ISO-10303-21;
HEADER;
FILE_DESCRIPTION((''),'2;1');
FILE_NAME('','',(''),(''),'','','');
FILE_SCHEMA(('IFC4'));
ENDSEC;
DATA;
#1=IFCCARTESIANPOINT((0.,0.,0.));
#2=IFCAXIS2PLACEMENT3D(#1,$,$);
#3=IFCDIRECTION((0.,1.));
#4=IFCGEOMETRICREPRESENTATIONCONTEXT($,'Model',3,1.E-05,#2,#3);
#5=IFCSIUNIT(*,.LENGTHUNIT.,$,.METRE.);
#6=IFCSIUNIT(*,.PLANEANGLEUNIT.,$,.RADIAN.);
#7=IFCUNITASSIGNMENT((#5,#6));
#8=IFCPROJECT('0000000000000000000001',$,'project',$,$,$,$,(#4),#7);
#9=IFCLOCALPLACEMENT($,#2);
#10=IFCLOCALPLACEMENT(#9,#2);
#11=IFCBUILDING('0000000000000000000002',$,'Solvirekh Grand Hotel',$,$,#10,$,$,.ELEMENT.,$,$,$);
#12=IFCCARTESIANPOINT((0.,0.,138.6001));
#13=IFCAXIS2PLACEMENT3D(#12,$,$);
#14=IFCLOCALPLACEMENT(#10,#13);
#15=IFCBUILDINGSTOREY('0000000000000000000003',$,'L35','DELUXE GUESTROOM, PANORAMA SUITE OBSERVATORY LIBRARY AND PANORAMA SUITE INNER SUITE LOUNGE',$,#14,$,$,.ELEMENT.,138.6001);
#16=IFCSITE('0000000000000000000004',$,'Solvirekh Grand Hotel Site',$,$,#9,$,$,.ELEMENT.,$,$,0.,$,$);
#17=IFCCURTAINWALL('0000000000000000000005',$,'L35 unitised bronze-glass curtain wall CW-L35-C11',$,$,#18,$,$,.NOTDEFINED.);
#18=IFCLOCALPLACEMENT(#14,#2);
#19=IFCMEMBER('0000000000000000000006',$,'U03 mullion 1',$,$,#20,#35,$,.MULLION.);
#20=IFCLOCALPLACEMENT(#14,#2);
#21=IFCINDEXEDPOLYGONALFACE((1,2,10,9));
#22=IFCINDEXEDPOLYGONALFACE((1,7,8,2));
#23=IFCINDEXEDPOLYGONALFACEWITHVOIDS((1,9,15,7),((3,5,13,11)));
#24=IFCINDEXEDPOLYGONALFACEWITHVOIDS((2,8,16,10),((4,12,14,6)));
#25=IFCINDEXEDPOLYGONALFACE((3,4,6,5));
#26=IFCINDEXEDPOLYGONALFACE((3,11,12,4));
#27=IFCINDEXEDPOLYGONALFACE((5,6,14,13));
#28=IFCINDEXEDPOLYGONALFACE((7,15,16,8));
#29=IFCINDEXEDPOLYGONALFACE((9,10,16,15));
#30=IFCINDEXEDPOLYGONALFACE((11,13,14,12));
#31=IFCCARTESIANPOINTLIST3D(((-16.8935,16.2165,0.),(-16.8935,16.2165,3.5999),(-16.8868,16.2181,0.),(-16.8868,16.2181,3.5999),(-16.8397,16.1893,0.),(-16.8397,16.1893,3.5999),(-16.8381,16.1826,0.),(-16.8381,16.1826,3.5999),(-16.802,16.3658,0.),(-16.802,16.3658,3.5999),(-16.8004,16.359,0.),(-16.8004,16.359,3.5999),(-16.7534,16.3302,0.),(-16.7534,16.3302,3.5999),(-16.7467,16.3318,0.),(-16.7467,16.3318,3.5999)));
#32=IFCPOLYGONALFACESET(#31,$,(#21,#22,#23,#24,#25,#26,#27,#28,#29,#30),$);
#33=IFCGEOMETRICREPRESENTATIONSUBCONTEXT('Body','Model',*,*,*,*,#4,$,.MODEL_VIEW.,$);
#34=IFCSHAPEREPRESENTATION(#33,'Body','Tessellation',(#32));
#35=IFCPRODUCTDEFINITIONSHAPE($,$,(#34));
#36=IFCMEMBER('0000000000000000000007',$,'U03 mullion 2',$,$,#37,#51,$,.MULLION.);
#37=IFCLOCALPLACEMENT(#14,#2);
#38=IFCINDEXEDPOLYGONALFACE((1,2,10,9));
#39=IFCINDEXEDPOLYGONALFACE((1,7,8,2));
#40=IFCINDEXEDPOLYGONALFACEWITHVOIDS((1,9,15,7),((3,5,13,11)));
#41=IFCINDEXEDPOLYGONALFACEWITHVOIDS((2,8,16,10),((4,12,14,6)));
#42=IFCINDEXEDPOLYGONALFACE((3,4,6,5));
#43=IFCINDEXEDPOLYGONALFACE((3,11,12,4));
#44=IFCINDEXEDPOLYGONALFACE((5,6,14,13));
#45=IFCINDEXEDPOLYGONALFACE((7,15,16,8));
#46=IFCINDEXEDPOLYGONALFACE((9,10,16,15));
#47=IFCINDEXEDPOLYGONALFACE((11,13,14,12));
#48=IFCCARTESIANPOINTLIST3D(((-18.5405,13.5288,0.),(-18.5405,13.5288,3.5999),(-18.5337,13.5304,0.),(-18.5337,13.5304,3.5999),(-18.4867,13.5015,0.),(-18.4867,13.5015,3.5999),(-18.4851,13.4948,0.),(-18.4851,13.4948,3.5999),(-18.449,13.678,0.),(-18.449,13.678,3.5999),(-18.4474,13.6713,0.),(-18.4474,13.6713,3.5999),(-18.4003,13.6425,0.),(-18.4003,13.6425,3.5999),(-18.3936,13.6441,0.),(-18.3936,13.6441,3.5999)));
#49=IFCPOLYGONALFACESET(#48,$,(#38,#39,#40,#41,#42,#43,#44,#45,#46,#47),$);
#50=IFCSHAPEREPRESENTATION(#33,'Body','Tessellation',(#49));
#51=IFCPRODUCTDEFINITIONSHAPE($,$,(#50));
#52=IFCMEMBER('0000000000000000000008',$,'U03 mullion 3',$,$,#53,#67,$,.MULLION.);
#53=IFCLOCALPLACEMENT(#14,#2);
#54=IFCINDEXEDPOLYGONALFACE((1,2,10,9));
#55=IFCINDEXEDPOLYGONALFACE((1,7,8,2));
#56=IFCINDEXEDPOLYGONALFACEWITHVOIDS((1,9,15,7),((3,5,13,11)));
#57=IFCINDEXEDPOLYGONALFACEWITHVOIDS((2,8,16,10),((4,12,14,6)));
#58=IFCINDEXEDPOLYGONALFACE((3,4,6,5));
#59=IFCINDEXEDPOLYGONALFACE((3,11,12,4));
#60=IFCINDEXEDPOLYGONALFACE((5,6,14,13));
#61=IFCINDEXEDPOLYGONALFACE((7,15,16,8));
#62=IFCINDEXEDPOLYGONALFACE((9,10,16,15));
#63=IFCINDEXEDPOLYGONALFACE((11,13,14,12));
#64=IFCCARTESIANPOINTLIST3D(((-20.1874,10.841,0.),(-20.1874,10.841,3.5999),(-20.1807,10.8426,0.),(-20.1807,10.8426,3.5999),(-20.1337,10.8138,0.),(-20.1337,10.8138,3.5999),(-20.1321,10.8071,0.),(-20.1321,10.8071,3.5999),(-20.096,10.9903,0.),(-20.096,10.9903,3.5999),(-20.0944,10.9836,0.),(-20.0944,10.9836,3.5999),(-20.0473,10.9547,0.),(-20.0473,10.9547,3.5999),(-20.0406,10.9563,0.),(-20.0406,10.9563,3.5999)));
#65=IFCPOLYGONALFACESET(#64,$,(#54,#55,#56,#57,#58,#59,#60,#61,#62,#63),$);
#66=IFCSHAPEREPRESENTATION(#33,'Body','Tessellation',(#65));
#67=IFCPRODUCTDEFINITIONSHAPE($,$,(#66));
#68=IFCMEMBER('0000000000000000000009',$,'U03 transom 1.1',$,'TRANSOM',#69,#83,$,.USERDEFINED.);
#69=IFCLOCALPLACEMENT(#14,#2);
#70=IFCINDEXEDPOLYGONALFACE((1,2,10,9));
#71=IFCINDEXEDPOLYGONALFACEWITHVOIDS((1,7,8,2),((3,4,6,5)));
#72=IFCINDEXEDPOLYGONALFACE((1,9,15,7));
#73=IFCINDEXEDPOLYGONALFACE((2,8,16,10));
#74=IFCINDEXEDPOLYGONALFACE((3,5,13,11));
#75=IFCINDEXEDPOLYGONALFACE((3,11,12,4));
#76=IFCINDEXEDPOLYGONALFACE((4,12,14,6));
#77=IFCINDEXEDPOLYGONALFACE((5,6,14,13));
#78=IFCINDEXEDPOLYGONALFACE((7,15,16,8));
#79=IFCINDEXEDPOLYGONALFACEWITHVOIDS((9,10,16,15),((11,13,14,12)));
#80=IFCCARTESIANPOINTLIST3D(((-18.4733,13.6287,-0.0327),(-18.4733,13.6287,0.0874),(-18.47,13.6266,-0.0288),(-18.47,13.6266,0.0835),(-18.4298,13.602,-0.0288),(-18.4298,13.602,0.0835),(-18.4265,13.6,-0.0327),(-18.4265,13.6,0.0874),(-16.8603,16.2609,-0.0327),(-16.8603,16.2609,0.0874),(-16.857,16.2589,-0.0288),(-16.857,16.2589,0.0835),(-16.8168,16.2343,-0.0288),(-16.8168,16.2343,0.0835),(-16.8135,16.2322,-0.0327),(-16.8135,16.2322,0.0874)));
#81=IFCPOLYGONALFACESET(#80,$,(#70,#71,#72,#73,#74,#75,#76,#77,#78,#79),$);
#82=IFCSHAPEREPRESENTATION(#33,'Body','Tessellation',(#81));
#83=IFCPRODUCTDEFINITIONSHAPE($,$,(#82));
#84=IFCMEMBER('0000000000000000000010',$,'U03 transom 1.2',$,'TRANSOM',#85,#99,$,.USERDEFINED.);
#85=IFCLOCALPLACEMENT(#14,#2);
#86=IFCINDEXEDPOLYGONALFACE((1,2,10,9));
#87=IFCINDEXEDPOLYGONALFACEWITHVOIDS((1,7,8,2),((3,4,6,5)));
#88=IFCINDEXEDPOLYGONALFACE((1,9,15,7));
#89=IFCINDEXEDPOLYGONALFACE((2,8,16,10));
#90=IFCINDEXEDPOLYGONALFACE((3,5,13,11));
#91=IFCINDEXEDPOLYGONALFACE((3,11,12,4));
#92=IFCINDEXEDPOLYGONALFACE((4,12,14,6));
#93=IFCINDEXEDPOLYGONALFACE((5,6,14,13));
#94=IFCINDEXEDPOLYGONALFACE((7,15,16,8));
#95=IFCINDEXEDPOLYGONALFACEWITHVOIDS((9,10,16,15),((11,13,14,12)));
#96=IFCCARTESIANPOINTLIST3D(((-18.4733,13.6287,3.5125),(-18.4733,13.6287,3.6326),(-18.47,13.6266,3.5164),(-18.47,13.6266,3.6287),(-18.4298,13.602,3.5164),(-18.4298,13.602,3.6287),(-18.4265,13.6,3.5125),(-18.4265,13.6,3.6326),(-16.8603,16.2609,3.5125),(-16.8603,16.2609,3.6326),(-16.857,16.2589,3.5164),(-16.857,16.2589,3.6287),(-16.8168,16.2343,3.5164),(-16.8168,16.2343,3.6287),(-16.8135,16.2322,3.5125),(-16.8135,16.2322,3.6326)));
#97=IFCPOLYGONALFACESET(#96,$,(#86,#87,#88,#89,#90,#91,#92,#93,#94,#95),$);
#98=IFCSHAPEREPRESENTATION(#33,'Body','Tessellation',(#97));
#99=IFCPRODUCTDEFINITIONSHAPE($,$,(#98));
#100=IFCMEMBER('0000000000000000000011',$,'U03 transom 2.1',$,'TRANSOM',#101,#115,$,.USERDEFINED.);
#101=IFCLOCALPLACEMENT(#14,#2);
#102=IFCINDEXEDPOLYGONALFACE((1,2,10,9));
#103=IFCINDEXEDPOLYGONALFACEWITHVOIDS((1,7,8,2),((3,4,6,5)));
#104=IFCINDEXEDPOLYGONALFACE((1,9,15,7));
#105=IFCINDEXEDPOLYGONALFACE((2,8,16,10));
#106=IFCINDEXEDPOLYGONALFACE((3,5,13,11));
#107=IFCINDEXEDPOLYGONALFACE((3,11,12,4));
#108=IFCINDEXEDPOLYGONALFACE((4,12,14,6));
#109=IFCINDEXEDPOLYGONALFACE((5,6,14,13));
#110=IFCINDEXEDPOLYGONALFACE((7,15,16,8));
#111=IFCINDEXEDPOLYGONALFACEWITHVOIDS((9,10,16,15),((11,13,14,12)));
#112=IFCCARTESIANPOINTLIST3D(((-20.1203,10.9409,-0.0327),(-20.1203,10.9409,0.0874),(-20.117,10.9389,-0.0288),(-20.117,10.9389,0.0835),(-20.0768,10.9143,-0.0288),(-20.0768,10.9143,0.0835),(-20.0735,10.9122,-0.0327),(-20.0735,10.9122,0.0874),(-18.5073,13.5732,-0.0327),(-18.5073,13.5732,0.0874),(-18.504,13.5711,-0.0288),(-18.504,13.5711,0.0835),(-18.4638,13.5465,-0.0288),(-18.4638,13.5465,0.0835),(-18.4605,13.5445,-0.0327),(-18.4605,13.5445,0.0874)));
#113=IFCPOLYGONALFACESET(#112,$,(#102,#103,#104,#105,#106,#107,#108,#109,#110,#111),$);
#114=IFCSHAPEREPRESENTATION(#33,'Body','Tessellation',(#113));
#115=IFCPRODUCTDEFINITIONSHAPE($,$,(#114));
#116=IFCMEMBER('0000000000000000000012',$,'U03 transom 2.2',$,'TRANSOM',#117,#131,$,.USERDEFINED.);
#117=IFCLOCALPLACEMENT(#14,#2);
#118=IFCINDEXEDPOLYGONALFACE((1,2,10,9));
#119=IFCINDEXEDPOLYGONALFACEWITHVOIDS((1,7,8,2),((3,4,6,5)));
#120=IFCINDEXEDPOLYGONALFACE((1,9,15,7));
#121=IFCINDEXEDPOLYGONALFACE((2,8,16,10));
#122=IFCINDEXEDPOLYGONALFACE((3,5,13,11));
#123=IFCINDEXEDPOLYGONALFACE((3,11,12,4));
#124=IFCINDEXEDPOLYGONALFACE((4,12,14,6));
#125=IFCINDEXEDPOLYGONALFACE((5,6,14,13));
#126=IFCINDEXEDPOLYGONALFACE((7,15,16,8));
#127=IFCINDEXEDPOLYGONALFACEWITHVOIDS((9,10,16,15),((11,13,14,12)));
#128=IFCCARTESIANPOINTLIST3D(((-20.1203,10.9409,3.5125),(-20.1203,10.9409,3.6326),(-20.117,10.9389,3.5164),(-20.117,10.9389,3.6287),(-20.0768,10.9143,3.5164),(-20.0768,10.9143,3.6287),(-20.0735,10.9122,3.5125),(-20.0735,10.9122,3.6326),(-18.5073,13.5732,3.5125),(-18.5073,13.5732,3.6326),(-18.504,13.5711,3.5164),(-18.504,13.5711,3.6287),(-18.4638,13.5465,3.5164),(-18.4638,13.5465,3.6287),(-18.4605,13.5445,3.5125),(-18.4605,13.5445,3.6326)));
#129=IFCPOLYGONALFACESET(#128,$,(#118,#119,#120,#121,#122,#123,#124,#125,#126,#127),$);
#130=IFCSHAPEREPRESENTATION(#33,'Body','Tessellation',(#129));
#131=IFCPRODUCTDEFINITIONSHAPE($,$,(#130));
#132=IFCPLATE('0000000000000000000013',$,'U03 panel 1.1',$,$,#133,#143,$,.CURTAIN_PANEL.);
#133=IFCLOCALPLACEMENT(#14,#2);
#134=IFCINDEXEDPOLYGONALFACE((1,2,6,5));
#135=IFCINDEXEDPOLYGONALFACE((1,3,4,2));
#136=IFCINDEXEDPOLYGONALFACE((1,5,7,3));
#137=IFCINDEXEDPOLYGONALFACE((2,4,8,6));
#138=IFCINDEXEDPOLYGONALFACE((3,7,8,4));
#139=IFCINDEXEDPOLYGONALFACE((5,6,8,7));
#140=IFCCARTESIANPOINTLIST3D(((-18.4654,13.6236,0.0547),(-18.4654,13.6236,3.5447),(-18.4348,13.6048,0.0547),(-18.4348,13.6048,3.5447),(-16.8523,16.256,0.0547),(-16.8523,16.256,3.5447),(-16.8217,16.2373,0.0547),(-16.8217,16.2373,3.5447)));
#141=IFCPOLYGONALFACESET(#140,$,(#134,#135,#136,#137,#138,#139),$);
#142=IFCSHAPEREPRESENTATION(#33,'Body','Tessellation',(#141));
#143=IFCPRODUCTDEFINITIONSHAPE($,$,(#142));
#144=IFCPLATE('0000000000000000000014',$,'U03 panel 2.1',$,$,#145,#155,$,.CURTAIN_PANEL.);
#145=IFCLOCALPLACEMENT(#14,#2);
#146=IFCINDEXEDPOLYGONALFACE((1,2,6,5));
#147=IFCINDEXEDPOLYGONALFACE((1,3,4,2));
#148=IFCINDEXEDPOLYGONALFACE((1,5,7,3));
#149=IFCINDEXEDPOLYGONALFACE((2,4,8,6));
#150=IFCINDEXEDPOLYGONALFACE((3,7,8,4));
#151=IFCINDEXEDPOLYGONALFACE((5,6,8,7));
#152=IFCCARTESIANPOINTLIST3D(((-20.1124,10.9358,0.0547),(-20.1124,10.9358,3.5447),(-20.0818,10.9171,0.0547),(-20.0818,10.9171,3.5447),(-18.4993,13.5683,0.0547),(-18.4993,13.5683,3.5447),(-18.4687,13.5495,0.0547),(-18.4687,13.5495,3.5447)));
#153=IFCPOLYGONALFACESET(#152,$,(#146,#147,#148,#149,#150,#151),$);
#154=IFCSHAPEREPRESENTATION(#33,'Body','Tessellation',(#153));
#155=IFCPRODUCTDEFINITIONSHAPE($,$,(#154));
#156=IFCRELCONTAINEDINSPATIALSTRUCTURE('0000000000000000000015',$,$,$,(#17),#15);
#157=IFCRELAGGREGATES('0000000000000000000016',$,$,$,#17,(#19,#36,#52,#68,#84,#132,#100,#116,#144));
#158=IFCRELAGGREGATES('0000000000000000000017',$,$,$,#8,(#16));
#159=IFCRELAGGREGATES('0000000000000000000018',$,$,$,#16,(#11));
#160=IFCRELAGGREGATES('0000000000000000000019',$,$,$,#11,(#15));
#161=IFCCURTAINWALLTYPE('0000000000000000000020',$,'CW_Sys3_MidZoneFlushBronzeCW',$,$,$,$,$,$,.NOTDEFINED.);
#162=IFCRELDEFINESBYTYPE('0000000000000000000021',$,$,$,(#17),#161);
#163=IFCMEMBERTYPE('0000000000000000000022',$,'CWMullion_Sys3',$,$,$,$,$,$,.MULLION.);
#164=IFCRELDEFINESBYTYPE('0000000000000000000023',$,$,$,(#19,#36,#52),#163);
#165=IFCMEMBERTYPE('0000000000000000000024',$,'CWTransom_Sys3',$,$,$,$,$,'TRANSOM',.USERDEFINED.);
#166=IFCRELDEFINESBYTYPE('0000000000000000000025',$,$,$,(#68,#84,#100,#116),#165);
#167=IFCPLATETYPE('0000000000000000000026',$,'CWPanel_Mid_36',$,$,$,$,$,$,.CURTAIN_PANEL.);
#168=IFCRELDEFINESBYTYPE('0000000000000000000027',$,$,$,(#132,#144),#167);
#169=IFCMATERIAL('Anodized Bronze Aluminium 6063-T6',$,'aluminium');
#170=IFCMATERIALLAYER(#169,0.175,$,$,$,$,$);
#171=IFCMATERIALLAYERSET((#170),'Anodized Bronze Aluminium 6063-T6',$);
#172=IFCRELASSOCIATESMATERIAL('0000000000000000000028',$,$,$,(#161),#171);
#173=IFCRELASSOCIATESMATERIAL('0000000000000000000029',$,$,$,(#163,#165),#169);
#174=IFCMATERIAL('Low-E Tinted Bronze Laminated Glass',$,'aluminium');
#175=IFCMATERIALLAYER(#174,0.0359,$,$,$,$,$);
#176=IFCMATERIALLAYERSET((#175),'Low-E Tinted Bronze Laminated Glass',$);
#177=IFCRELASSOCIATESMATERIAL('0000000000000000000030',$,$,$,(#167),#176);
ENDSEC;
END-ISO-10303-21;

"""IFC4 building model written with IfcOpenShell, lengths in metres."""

from ifc_helpers import new_model, si_unit, direction, frame, origin, origin_2d, place, context, subcontext, project, spatial, rectangle, hollow_rectangle, extrude, source, transform, mapped, material, layer, layer_set, material_profile, profile_set, type_object, element, aggregate, save


model = new_model("IFC4")

# Units and contexts
model_context = context("Model", 3, precision=1e-05, world=origin(), true_north=direction((0.0, 1.0)))
body_context = subcontext(model_context, "Body", "Model", "MODEL_VIEW")
ifc_project = project(units=[si_unit("LENGTHUNIT", "METRE"), si_unit("PLANEANGLEUNIT", "RADIAN")], contexts=[model_context])

# Site, building, storey
site_placement = place(None, origin())
site = spatial("IfcSite", under=ifc_project, at=site_placement, Name="Solvirekh Grand Hotel Site", CompositionType="ELEMENT", RefElevation=0.0)
building_placement = place(site_placement, origin())
building = spatial("IfcBuilding", under=site, at=building_placement, Name="Solvirekh Grand Hotel", CompositionType="ELEMENT")
storey_placement = place(building_placement, frame((0.0, 0.0, 138.6001)))
storey = spatial("IfcBuildingStorey", under=building, at=storey_placement, Name="L35", Description="DELUXE GUESTROOM, PANORAMA SUITE OBSERVATORY LIBRARY AND PANORAMA SUITE INNER SUITE LOUNGE", CompositionType="ELEMENT", Elevation=138.6001)

# Curtain wall, members, plates
ifc_material_1 = material(Name="Anodized Bronze Aluminium 6063-T6", Category="aluminium")
ifc_layer_1 = layer(ifc_material_1, 0.175)
ifc_layer_set_1 = layer_set([ifc_layer_1], Name="Anodized Bronze Aluminium 6063-T6")
curtain_wall_type = type_object("IfcCurtainWallType", Name="CW_Sys3_MidZoneFlushBronzeCW", PredefinedType="NOTDEFINED", material=ifc_layer_set_1)
curtain_wall_placement = place(storey_placement, origin())
curtain_wall = element("IfcCurtainWall", 1, at=curtain_wall_placement, inside=storey, type_object=curtain_wall_type, Name="L35 unitised bronze-glass curtain wall CW-L35-C11", PredefinedType="NOTDEFINED")
ifc_material_profile_1 = material_profile(ifc_material_1, hollow_rectangle(XDim=0.0649, YDim=0.175, WallThickness=0.0049, at=origin_2d()), Name="ALU RHS 175X65X5")
ifc_profile_set_1 = profile_set([ifc_material_profile_1], Name="Anodized Bronze Aluminium 6063-T6")
member_type_1 = type_object("IfcMemberType", Name="CWMullion_Sys3", PredefinedType="MULLION", material=ifc_profile_set_1)
shared_shape_1 = source(origin(), body_context, "Body", "SweptSolid", [
    extrude(hollow_rectangle(XDim=0.0649, YDim=0.175, WallThickness=0.0049, at=origin_2d()), origin(), (0.0, 0.0, 1.0), 3.5999),
])
member_1_placement = place(storey_placement, frame((-16.8201, 16.2742, 0.0), z_axis=(0.0, 0.0, 1.0), x_axis=(0.852649, -0.522485, 0.0)))
member_1 = element("IfcMember", 2, at=member_1_placement, type_object=member_type_1, Name="U03 mullion 1", PredefinedType="MULLION", context=body_context, shape_type="MappedRepresentation", body=[
    mapped(shared_shape_1, transform((0.0, 0.0, 0.0), x_axis=(1.0, 0.0, 0.0), y_axis=(0.0, 1.0, 0.0), z_axis=(0.0, 0.0, 1.0), scale=1.0)),
])
member_2_placement = place(storey_placement, frame((-18.467, 13.5864, 0.0), z_axis=(0.0, 0.0, 1.0), x_axis=(0.852649, -0.522485, 0.0)))
member_2 = element("IfcMember", 3, at=member_2_placement, type_object=member_type_1, Name="U03 mullion 2", PredefinedType="MULLION", context=body_context, shape_type="MappedRepresentation", body=[
    mapped(shared_shape_1, transform((0.0, 0.0, 0.0), x_axis=(1.0, 0.0, 0.0), y_axis=(0.0, 1.0, 0.0), z_axis=(0.0, 0.0, 1.0), scale=1.0)),
])
member_3_placement = place(storey_placement, frame((-20.114, 10.8987, 0.0), z_axis=(0.0, 0.0, 1.0), x_axis=(0.852649, -0.522485, 0.0)))
member_3 = element("IfcMember", 4, at=member_3_placement, type_object=member_type_1, Name="U03 mullion 3", PredefinedType="MULLION", context=body_context, shape_type="MappedRepresentation", body=[
    mapped(shared_shape_1, transform((0.0, 0.0, 0.0), x_axis=(1.0, 0.0, 0.0), y_axis=(0.0, 1.0, 0.0), z_axis=(0.0, 0.0, 1.0), scale=1.0)),
])
ifc_material_profile_2 = material_profile(ifc_material_1, hollow_rectangle(XDim=0.0549, YDim=0.1201, WallThickness=0.0039, at=origin_2d()), Name="ALU RHS 120X55X4")
ifc_profile_set_2 = profile_set([ifc_material_profile_2], Name="Anodized Bronze Aluminium 6063-T6")
member_type_2 = type_object("IfcMemberType", Name="CWTransom_Sys3", ElementType="TRANSOM", PredefinedType="USERDEFINED", material=ifc_profile_set_2)
shared_shape_2 = source(origin(), body_context, "Body", "SweptSolid", [
    extrude(hollow_rectangle(XDim=0.0549, YDim=0.1201, WallThickness=0.0039, at=origin_2d()), origin(), (0.0, 0.0, 1.0), 3.0872),
])
member_4_placement = place(storey_placement, frame((-16.8369, 16.2466, 0.0273), z_axis=(-0.522486, -0.852648, 0.0), x_axis=(0.852648, -0.522486, 0.0)))
member_4 = element("IfcMember", 5, at=member_4_placement, type_object=member_type_2, Name="U03 transom 1.1", ObjectType="TRANSOM", PredefinedType="USERDEFINED", context=body_context, shape_type="MappedRepresentation", body=[
    mapped(shared_shape_2, transform((0.0, 0.0, 0.0), x_axis=(1.0, 0.0, 0.0), y_axis=(0.0, 1.0, 0.0), z_axis=(0.0, 0.0, 1.0), scale=1.0)),
])
member_5_placement = place(storey_placement, frame((-16.8369, 16.2466, 3.5725), z_axis=(-0.522486, -0.852648, 0.0), x_axis=(0.852648, -0.522486, 0.0)))
member_5 = element("IfcMember", 6, at=member_5_placement, type_object=member_type_2, Name="U03 transom 1.2", ObjectType="TRANSOM", PredefinedType="USERDEFINED", context=body_context, shape_type="MappedRepresentation", body=[
    mapped(shared_shape_2, transform((0.0, 0.0, 0.0), x_axis=(1.0, 0.0, 0.0), y_axis=(0.0, 1.0, 0.0), z_axis=(0.0, 0.0, 1.0), scale=1.0)),
])
member_6_placement = place(storey_placement, frame((-18.4839, 13.5588, 0.0273), z_axis=(-0.522486, -0.852648, 0.0), x_axis=(0.852648, -0.522486, 0.0)))
member_6 = element("IfcMember", 7, at=member_6_placement, type_object=member_type_2, Name="U03 transom 2.1", ObjectType="TRANSOM", PredefinedType="USERDEFINED", context=body_context, shape_type="MappedRepresentation", body=[
    mapped(shared_shape_2, transform((0.0, 0.0, 0.0), x_axis=(1.0, 0.0, 0.0), y_axis=(0.0, 1.0, 0.0), z_axis=(0.0, 0.0, 1.0), scale=1.0)),
])
member_7_placement = place(storey_placement, frame((-18.4839, 13.5588, 3.5725), z_axis=(-0.522486, -0.852648, 0.0), x_axis=(0.852648, -0.522486, 0.0)))
member_7 = element("IfcMember", 8, at=member_7_placement, type_object=member_type_2, Name="U03 transom 2.2", ObjectType="TRANSOM", PredefinedType="USERDEFINED", context=body_context, shape_type="MappedRepresentation", body=[
    mapped(shared_shape_2, transform((0.0, 0.0, 0.0), x_axis=(1.0, 0.0, 0.0), y_axis=(0.0, 1.0, 0.0), z_axis=(0.0, 0.0, 1.0), scale=1.0)),
])
ifc_material_2 = material(Name="Low-E Tinted Bronze Laminated Glass", Category="aluminium")
ifc_layer_2 = layer(ifc_material_2, 0.0359)
ifc_layer_set_2 = layer_set([ifc_layer_2], Name="Low-E Tinted Bronze Laminated Glass")
plate_type = type_object("IfcPlateType", Name="CWPanel_Mid_36", PredefinedType="CURTAIN_PANEL", material=ifc_layer_set_2)
shared_shape_3 = source(origin(), body_context, "Body", "SweptSolid", [
    extrude(rectangle(XDim=3.0874, YDim=0.0359, at=origin_2d()), origin(), (0.0, 0.0, 1.0), 3.49),
])
plate_1_placement = place(storey_placement, frame((-17.6436, 14.9304, 0.0547), z_axis=(0.0, 0.0, 1.0), x_axis=(-0.522485, -0.852649, 0.0)))
plate_1 = element("IfcPlate", 9, at=plate_1_placement, type_object=plate_type, Name="U03 panel 1.1", PredefinedType="CURTAIN_PANEL", context=body_context, shape_type="MappedRepresentation", body=[
    mapped(shared_shape_3, transform((0.0, 0.0, 0.0), x_axis=(1.0, 0.0, 0.0), y_axis=(0.0, 1.0, 0.0), z_axis=(0.0, 0.0, 1.0), scale=1.0)),
])
plate_2_placement = place(storey_placement, frame((-19.2905, 12.2427, 0.0547), z_axis=(0.0, 0.0, 1.0), x_axis=(-0.522485, -0.852649, 0.0)))
plate_2 = element("IfcPlate", 10, at=plate_2_placement, type_object=plate_type, Name="U03 panel 2.1", PredefinedType="CURTAIN_PANEL", context=body_context, shape_type="MappedRepresentation", body=[
    mapped(shared_shape_3, transform((0.0, 0.0, 0.0), x_axis=(1.0, 0.0, 0.0), y_axis=(0.0, 1.0, 0.0), z_axis=(0.0, 0.0, 1.0), scale=1.0)),
])
aggregate(curtain_wall, [member_1, member_2, member_3, member_4, member_5, plate_1, member_6, member_7, plate_2])

save(model, "model.ifc")
